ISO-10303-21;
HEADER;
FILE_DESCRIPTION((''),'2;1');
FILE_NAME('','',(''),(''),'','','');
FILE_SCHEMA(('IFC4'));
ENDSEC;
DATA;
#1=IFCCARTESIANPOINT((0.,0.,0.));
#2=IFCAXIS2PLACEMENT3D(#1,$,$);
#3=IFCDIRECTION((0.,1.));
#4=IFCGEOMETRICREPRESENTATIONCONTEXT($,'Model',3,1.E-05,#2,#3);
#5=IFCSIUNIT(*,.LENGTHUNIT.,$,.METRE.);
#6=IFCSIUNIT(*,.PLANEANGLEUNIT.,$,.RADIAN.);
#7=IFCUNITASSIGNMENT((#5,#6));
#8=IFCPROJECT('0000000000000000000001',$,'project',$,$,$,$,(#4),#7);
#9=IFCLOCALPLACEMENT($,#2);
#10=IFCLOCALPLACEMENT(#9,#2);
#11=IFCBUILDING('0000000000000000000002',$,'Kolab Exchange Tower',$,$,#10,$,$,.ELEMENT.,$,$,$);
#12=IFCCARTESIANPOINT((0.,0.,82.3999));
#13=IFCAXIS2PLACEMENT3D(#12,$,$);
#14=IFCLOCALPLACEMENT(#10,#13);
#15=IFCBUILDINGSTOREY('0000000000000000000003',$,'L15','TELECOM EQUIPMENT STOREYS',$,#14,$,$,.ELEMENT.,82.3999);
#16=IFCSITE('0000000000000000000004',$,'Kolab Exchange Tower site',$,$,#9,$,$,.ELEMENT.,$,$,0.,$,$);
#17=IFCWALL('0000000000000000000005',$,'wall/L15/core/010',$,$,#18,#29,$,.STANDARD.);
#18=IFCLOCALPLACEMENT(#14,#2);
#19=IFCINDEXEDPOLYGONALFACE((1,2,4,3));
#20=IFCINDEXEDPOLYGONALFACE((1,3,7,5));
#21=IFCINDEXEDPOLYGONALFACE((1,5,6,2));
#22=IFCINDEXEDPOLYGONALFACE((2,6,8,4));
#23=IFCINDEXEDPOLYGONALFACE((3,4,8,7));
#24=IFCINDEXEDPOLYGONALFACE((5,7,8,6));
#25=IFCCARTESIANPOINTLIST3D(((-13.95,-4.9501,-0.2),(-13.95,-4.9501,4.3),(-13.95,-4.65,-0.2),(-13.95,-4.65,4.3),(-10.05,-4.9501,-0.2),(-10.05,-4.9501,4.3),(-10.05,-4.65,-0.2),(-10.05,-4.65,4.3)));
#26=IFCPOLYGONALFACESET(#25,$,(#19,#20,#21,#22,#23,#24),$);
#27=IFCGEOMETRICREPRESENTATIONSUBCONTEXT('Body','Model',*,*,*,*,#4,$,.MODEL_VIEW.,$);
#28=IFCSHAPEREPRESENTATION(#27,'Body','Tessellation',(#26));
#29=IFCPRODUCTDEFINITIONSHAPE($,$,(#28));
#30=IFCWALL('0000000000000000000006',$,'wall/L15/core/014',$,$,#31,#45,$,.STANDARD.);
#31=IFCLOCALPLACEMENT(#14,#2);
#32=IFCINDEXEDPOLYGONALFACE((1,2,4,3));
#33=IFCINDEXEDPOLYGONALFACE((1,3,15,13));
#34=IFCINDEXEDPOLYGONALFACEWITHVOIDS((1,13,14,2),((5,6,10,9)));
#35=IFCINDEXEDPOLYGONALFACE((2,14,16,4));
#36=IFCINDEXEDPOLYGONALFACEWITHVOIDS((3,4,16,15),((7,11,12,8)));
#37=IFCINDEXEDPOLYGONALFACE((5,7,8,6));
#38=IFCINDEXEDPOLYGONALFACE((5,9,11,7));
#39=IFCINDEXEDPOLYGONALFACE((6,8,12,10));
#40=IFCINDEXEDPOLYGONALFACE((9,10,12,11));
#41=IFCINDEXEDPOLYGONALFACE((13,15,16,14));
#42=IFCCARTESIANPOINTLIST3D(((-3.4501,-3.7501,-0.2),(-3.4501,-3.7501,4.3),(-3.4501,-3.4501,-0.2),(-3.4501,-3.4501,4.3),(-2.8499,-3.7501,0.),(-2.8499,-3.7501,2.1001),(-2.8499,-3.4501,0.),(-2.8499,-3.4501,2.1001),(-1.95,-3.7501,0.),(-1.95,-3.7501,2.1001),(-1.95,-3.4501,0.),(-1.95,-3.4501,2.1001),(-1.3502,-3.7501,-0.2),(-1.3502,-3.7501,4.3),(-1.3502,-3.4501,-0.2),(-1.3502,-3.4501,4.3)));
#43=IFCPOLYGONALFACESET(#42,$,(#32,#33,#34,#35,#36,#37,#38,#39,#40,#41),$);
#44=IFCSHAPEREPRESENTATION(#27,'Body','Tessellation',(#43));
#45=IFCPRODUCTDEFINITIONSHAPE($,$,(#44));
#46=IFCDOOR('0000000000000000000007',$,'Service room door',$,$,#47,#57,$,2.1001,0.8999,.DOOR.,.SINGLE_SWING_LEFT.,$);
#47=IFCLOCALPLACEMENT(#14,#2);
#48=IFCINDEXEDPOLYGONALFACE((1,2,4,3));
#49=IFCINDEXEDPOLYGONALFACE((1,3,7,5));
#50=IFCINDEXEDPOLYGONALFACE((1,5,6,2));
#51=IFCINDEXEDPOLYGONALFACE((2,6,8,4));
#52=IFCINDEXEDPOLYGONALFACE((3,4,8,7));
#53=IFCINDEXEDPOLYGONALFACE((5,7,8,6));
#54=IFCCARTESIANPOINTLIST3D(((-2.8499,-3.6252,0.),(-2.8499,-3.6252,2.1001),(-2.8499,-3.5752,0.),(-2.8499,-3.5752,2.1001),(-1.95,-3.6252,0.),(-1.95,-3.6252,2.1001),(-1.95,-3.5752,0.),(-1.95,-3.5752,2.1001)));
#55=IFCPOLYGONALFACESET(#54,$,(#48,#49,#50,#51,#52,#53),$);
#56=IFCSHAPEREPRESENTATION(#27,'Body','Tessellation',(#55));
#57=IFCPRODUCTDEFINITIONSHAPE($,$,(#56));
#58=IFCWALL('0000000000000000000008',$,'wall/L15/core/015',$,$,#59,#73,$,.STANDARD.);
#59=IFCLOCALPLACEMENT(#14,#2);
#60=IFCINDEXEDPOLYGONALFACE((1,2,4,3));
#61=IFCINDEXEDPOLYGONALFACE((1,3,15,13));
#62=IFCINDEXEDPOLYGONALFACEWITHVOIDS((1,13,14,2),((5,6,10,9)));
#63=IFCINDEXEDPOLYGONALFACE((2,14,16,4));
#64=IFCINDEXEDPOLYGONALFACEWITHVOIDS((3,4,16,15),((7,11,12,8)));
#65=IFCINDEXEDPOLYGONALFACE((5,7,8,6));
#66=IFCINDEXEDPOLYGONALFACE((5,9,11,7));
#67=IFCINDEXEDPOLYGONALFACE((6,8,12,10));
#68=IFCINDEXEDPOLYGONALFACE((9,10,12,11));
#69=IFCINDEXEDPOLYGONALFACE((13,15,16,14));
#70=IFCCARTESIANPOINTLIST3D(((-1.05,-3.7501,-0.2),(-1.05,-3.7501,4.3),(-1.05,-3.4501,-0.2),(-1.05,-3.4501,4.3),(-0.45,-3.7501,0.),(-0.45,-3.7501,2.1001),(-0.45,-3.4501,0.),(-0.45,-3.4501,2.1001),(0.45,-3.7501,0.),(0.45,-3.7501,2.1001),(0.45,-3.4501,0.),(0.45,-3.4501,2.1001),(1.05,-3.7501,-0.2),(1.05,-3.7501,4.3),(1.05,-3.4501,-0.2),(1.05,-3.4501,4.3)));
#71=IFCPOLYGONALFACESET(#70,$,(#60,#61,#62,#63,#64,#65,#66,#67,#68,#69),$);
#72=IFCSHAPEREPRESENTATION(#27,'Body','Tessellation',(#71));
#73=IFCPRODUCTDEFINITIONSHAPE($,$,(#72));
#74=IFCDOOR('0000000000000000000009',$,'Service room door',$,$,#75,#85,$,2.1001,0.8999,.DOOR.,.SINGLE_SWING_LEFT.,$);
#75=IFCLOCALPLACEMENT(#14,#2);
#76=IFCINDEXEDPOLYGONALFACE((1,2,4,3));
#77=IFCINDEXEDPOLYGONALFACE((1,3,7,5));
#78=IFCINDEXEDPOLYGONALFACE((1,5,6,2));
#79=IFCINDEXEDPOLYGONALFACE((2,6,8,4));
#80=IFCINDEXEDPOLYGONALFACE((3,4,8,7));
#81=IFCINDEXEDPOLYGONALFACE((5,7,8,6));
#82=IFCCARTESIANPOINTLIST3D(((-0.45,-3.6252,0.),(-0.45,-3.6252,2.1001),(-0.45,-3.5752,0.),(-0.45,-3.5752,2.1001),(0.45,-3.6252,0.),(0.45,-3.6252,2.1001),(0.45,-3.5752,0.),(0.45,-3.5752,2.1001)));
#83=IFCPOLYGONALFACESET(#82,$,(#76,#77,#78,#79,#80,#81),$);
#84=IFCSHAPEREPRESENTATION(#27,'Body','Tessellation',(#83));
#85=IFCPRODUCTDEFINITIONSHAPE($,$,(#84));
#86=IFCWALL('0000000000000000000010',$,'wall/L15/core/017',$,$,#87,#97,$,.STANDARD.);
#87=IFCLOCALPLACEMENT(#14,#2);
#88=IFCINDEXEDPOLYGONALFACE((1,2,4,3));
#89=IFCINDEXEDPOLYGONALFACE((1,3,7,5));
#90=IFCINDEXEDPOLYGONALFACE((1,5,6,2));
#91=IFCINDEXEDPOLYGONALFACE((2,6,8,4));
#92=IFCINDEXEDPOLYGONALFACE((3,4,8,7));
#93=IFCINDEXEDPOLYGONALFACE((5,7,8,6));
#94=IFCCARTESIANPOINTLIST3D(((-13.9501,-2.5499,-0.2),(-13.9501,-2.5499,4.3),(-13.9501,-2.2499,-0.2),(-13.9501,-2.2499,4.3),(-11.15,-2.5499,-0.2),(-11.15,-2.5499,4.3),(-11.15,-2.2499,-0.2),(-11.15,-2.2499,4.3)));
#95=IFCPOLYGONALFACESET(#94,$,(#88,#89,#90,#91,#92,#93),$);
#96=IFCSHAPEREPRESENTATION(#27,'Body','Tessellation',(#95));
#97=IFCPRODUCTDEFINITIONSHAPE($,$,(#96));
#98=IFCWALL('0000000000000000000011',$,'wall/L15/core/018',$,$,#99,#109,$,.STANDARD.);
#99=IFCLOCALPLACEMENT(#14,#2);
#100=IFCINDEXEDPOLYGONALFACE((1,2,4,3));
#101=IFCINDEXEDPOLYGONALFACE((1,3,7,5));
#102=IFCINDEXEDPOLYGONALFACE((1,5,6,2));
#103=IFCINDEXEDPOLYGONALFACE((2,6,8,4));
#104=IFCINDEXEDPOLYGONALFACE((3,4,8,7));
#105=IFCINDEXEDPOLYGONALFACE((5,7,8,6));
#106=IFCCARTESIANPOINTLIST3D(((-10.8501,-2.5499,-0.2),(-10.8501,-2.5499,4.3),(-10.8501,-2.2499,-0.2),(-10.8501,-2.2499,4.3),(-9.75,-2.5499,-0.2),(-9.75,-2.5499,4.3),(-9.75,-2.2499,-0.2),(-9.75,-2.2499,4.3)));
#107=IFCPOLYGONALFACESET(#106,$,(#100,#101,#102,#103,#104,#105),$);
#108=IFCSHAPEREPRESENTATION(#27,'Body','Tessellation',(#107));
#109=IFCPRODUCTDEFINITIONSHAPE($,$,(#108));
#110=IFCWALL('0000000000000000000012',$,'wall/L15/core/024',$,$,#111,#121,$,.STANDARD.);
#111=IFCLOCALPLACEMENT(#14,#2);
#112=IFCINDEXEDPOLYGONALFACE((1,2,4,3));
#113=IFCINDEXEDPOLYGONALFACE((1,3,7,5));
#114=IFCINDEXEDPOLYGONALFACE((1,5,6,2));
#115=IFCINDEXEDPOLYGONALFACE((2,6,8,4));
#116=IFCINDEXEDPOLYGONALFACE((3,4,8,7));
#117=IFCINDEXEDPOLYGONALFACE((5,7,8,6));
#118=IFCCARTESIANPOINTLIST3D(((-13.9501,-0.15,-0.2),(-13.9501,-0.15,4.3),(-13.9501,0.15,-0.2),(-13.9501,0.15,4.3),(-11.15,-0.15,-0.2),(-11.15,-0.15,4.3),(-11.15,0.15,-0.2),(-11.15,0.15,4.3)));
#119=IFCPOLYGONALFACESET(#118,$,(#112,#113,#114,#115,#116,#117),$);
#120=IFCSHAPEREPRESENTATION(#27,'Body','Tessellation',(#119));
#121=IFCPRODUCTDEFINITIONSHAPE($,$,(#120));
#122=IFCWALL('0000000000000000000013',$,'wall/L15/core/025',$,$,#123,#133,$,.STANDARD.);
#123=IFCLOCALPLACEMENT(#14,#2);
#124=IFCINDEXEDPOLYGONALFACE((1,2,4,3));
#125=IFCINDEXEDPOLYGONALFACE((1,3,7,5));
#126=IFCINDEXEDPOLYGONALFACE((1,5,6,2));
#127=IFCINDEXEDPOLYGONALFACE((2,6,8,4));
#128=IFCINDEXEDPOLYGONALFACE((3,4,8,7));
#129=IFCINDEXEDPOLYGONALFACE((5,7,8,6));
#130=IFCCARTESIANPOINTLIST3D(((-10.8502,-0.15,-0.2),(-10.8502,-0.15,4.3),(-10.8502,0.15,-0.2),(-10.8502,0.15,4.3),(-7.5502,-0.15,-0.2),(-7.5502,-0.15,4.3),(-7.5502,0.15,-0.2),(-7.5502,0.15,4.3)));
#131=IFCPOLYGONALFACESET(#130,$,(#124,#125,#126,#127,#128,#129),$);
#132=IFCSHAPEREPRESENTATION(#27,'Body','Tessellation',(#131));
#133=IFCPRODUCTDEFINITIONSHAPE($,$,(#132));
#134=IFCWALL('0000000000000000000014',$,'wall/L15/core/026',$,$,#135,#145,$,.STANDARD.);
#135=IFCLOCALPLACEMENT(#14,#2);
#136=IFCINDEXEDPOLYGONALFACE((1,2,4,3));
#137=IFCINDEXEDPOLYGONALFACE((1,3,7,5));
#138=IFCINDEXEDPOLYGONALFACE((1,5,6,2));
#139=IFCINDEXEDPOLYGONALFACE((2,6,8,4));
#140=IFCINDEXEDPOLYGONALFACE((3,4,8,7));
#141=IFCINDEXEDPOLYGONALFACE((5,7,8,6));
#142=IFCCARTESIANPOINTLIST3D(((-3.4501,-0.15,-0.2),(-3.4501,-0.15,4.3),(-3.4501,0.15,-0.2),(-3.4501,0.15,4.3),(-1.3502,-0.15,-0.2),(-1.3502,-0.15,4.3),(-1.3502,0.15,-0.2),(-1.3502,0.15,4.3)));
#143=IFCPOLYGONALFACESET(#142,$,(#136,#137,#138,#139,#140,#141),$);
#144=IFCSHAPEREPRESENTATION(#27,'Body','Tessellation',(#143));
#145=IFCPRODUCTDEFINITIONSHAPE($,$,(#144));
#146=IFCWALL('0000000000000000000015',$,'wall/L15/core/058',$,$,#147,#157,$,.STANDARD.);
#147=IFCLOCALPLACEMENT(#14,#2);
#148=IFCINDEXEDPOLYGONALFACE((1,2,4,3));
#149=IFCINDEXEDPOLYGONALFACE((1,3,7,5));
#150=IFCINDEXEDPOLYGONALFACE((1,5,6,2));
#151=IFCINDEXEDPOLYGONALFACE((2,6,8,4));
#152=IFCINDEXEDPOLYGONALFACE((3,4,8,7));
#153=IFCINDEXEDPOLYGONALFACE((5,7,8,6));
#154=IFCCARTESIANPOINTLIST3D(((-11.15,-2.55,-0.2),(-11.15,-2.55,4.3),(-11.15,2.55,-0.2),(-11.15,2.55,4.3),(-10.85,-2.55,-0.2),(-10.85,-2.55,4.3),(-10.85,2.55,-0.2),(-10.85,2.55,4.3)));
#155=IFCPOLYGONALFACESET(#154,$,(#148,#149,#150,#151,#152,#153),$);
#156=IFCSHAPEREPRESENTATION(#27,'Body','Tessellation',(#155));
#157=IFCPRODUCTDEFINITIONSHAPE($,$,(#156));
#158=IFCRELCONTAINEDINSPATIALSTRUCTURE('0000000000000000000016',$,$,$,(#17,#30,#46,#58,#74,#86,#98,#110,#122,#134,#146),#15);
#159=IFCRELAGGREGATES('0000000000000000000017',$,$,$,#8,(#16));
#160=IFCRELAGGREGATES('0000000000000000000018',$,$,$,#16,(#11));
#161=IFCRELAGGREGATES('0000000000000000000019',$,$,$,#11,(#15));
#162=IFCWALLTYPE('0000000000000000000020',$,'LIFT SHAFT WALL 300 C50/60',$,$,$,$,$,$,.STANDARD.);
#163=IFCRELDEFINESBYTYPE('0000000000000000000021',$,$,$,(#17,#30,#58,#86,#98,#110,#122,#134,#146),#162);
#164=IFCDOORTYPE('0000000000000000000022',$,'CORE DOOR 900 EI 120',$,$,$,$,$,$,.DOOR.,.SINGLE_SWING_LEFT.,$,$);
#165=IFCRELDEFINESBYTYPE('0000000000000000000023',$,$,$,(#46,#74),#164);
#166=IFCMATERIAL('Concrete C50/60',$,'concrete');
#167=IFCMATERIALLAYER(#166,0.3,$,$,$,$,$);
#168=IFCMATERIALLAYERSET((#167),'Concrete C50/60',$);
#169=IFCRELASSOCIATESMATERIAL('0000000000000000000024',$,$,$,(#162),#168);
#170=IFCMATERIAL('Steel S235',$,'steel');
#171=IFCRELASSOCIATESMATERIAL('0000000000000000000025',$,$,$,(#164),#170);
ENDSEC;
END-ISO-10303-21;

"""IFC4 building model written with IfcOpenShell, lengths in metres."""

from ifc_helpers import new_model, si_unit, direction, frame, frame_2d, origin, place, context, subcontext, project, spatial, rectangle, extrude, material, layer, layer_set, type_object, element, fill, save


model = new_model("IFC4")

# Units and contexts
model_context = context("Model", 3, precision=1e-05, world=origin(), true_north=direction((0.0, 1.0)))
body_context = subcontext(model_context, "Body", "Model", "MODEL_VIEW")
ifc_project = project(units=[si_unit("LENGTHUNIT", "METRE"), si_unit("PLANEANGLEUNIT", "RADIAN")], contexts=[model_context])

# Site, building, storey
site_placement = place(None, origin())
site = spatial("IfcSite", under=ifc_project, at=site_placement, Name="Kolab Exchange Tower site", CompositionType="ELEMENT", RefElevation=0.0)
building_placement = place(site_placement, origin())
building = spatial("IfcBuilding", under=site, at=building_placement, Name="Kolab Exchange Tower", CompositionType="ELEMENT")
storey_placement = place(building_placement, frame((0.0, 0.0, 82.3999)))
storey = spatial("IfcBuildingStorey", under=building, at=storey_placement, Name="L15", Description="TELECOM EQUIPMENT STOREYS", CompositionType="ELEMENT", Elevation=82.3999)

# Wall
ifc_material_1 = material(Name="Concrete C50/60", Category="concrete")
ifc_layer_1 = layer(ifc_material_1, 0.3)
ifc_layer_set_1 = layer_set([ifc_layer_1], Name="Concrete C50/60")
wall_type_1 = type_object("IfcWallType", Name="LIFT SHAFT WALL 300 C50/60", PredefinedType="STANDARD", material=ifc_layer_set_1)
wall_1_placement = place(storey_placement, frame((-13.95, -4.8, -0.2), z_axis=(0.0, 0.0, 1.0), x_axis=(1.0, 0.0, 0.0)))
element("IfcWall", 1, at=wall_1_placement, inside=storey, type_object=wall_type_1, Name="wall/L15/core/010", PredefinedType="STANDARD", context=body_context, shape_type="SweptSolid", body=[
    extrude(rectangle(XDim=3.8999, YDim=0.3, at=frame_2d((1.95, 0.0))), origin(), (0.0, 0.0, 1.0), 4.5),
])

# Walls, openings, doors
wall_2_placement = place(storey_placement, frame((-3.45, -3.6001, -0.2), z_axis=(0.0, 0.0, 1.0), x_axis=(1.0, 0.0, 0.0)))
wall_2 = element("IfcWall", 2, at=wall_2_placement, inside=storey, type_object=wall_type_1, Name="wall/L15/core/014", PredefinedType="STANDARD", context=body_context, shape_type="SweptSolid", body=[
    extrude(rectangle(XDim=2.0999, YDim=0.3, at=frame_2d((1.0498, 0.0))), origin(), (0.0, 0.0, 1.0), 4.5),
])
opening_1_placement = place(wall_2_placement, frame((0.6001, 0.0, 0.2)))
opening_1 = element("IfcOpeningElement", 3, at=opening_1_placement, cuts=wall_2, PredefinedType="OPENING", context=body_context, shape_type="SweptSolid", body=[
    extrude(rectangle(XDim=0.8999, YDim=2.1001, at=frame_2d((0.45, 1.05))), frame((0.0, 0.1602, 0.0), z_axis=(0.0, -1.0, 0.0), x_axis=(1.0, 0.0, 0.0)), (0.0, 0.0, 1.0), 0.3201),
])
ifc_material_2 = material(Name="Steel S235", Category="steel")
door_type_1 = type_object("IfcDoorType", Name="CORE DOOR 900 EI 120", OperationType="SINGLE_SWING_LEFT", PredefinedType="DOOR", material=ifc_material_2)
door_1_placement = place(opening_1_placement, origin())
door_1 = element("IfcDoor", 4, at=door_1_placement, inside=storey, type_object=door_type_1, Name="Service room door", OperationType="SINGLE_SWING_LEFT", OverallHeight=2.1001, OverallWidth=0.8999, PredefinedType="DOOR", context=body_context, shape_type="SweptSolid", body=[
    extrude(rectangle(XDim=0.8999, YDim=2.1001, at=frame_2d((0.45, 1.05))), frame((0.0, 0.0249, 0.0), z_axis=(0.0, -1.0, 0.0), x_axis=(1.0, 0.0, 0.0)), (0.0, 0.0, 1.0), 0.05),
])
fill(opening_1, door_1)
wall_3_placement = place(storey_placement, frame((-1.05, -3.6001, -0.2), z_axis=(0.0, 0.0, 1.0), x_axis=(1.0, 0.0, 0.0)))
wall_3 = element("IfcWall", 5, at=wall_3_placement, inside=storey, type_object=wall_type_1, Name="wall/L15/core/015", PredefinedType="STANDARD", context=body_context, shape_type="SweptSolid", body=[
    extrude(rectangle(XDim=2.1001, YDim=0.3, at=frame_2d((1.05, 0.0))), origin(), (0.0, 0.0, 1.0), 4.5),
])
opening_2_placement = place(wall_3_placement, frame((0.6001, 0.0, 0.2)))
opening_2 = element("IfcOpeningElement", 6, at=opening_2_placement, cuts=wall_3, PredefinedType="OPENING", context=body_context, shape_type="SweptSolid", body=[
    extrude(rectangle(XDim=0.8999, YDim=2.1001, at=frame_2d((0.45, 1.05))), frame((0.0, 0.1602, 0.0), z_axis=(0.0, -1.0, 0.0), x_axis=(1.0, 0.0, 0.0)), (0.0, 0.0, 1.0), 0.3201),
])
door_2_placement = place(opening_2_placement, origin())
door_2 = element("IfcDoor", 7, at=door_2_placement, inside=storey, type_object=door_type_1, Name="Service room door", OperationType="SINGLE_SWING_LEFT", OverallHeight=2.1001, OverallWidth=0.8999, PredefinedType="DOOR", context=body_context, shape_type="SweptSolid", body=[
    extrude(rectangle(XDim=0.8999, YDim=2.1001, at=frame_2d((0.45, 1.05))), frame((0.0, 0.0249, 0.0), z_axis=(0.0, -1.0, 0.0), x_axis=(1.0, 0.0, 0.0)), (0.0, 0.0, 1.0), 0.05),
])
fill(opening_2, door_2)

# Walls
wall_4_placement = place(storey_placement, frame((-13.95, -2.3999, -0.2), z_axis=(0.0, 0.0, 1.0), x_axis=(1.0, 0.0, 0.0)))
element("IfcWall", 8, at=wall_4_placement, inside=storey, type_object=wall_type_1, Name="wall/L15/core/017", PredefinedType="STANDARD", context=body_context, shape_type="SweptSolid", body=[
    extrude(rectangle(XDim=2.8, YDim=0.3, at=frame_2d((1.3999, 0.0))), origin(), (0.0, 0.0, 1.0), 4.5),
])
wall_5_placement = place(storey_placement, frame((-10.8501, -2.3999, -0.2), z_axis=(0.0, 0.0, 1.0), x_axis=(1.0, 0.0, 0.0)))
element("IfcWall", 9, at=wall_5_placement, inside=storey, type_object=wall_type_1, Name="wall/L15/core/018", PredefinedType="STANDARD", context=body_context, shape_type="SweptSolid", body=[
    extrude(rectangle(XDim=1.1001, YDim=0.3, at=frame_2d((0.55, 0.0))), origin(), (0.0, 0.0, 1.0), 4.5),
])
wall_6_placement = place(storey_placement, frame((-13.95, 0.0, -0.2), z_axis=(0.0, 0.0, 1.0), x_axis=(1.0, 0.0, 0.0)))
element("IfcWall", 10, at=wall_6_placement, inside=storey, type_object=wall_type_1, Name="wall/L15/core/024", PredefinedType="STANDARD", context=body_context, shape_type="SweptSolid", body=[
    extrude(rectangle(XDim=2.8, YDim=0.3, at=frame_2d((1.3999, 0.0))), origin(), (0.0, 0.0, 1.0), 4.5),
])
wall_7_placement = place(storey_placement, frame((-10.8501, 0.0, -0.2), z_axis=(0.0, 0.0, 1.0), x_axis=(1.0, 0.0, 0.0)))
element("IfcWall", 11, at=wall_7_placement, inside=storey, type_object=wall_type_1, Name="wall/L15/core/025", PredefinedType="STANDARD", context=body_context, shape_type="SweptSolid", body=[
    extrude(rectangle(XDim=3.3, YDim=0.3, at=frame_2d((1.6499, 0.0))), origin(), (0.0, 0.0, 1.0), 4.5),
])
wall_8_placement = place(storey_placement, frame((-3.45, 0.0, -0.2), z_axis=(0.0, 0.0, 1.0), x_axis=(1.0, 0.0, 0.0)))
element("IfcWall", 12, at=wall_8_placement, inside=storey, type_object=wall_type_1, Name="wall/L15/core/026", PredefinedType="STANDARD", context=body_context, shape_type="SweptSolid", body=[
    extrude(rectangle(XDim=2.0999, YDim=0.3, at=frame_2d((1.0498, 0.0))), origin(), (0.0, 0.0, 1.0), 4.5),
])
wall_9_placement = place(storey_placement, frame((-11.0, -2.55, -0.2), z_axis=(0.0, 0.0, 1.0), x_axis=(0.0, 1.0, 0.0)))
element("IfcWall", 13, at=wall_9_placement, inside=storey, type_object=wall_type_1, Name="wall/L15/core/058", PredefinedType="STANDARD", context=body_context, shape_type="SweptSolid", body=[
    extrude(rectangle(XDim=5.1001, YDim=0.3, at=frame_2d((2.55, 0.0))), origin(), (0.0, 0.0, 1.0), 4.5),
])

save(model, "model.ifc")
